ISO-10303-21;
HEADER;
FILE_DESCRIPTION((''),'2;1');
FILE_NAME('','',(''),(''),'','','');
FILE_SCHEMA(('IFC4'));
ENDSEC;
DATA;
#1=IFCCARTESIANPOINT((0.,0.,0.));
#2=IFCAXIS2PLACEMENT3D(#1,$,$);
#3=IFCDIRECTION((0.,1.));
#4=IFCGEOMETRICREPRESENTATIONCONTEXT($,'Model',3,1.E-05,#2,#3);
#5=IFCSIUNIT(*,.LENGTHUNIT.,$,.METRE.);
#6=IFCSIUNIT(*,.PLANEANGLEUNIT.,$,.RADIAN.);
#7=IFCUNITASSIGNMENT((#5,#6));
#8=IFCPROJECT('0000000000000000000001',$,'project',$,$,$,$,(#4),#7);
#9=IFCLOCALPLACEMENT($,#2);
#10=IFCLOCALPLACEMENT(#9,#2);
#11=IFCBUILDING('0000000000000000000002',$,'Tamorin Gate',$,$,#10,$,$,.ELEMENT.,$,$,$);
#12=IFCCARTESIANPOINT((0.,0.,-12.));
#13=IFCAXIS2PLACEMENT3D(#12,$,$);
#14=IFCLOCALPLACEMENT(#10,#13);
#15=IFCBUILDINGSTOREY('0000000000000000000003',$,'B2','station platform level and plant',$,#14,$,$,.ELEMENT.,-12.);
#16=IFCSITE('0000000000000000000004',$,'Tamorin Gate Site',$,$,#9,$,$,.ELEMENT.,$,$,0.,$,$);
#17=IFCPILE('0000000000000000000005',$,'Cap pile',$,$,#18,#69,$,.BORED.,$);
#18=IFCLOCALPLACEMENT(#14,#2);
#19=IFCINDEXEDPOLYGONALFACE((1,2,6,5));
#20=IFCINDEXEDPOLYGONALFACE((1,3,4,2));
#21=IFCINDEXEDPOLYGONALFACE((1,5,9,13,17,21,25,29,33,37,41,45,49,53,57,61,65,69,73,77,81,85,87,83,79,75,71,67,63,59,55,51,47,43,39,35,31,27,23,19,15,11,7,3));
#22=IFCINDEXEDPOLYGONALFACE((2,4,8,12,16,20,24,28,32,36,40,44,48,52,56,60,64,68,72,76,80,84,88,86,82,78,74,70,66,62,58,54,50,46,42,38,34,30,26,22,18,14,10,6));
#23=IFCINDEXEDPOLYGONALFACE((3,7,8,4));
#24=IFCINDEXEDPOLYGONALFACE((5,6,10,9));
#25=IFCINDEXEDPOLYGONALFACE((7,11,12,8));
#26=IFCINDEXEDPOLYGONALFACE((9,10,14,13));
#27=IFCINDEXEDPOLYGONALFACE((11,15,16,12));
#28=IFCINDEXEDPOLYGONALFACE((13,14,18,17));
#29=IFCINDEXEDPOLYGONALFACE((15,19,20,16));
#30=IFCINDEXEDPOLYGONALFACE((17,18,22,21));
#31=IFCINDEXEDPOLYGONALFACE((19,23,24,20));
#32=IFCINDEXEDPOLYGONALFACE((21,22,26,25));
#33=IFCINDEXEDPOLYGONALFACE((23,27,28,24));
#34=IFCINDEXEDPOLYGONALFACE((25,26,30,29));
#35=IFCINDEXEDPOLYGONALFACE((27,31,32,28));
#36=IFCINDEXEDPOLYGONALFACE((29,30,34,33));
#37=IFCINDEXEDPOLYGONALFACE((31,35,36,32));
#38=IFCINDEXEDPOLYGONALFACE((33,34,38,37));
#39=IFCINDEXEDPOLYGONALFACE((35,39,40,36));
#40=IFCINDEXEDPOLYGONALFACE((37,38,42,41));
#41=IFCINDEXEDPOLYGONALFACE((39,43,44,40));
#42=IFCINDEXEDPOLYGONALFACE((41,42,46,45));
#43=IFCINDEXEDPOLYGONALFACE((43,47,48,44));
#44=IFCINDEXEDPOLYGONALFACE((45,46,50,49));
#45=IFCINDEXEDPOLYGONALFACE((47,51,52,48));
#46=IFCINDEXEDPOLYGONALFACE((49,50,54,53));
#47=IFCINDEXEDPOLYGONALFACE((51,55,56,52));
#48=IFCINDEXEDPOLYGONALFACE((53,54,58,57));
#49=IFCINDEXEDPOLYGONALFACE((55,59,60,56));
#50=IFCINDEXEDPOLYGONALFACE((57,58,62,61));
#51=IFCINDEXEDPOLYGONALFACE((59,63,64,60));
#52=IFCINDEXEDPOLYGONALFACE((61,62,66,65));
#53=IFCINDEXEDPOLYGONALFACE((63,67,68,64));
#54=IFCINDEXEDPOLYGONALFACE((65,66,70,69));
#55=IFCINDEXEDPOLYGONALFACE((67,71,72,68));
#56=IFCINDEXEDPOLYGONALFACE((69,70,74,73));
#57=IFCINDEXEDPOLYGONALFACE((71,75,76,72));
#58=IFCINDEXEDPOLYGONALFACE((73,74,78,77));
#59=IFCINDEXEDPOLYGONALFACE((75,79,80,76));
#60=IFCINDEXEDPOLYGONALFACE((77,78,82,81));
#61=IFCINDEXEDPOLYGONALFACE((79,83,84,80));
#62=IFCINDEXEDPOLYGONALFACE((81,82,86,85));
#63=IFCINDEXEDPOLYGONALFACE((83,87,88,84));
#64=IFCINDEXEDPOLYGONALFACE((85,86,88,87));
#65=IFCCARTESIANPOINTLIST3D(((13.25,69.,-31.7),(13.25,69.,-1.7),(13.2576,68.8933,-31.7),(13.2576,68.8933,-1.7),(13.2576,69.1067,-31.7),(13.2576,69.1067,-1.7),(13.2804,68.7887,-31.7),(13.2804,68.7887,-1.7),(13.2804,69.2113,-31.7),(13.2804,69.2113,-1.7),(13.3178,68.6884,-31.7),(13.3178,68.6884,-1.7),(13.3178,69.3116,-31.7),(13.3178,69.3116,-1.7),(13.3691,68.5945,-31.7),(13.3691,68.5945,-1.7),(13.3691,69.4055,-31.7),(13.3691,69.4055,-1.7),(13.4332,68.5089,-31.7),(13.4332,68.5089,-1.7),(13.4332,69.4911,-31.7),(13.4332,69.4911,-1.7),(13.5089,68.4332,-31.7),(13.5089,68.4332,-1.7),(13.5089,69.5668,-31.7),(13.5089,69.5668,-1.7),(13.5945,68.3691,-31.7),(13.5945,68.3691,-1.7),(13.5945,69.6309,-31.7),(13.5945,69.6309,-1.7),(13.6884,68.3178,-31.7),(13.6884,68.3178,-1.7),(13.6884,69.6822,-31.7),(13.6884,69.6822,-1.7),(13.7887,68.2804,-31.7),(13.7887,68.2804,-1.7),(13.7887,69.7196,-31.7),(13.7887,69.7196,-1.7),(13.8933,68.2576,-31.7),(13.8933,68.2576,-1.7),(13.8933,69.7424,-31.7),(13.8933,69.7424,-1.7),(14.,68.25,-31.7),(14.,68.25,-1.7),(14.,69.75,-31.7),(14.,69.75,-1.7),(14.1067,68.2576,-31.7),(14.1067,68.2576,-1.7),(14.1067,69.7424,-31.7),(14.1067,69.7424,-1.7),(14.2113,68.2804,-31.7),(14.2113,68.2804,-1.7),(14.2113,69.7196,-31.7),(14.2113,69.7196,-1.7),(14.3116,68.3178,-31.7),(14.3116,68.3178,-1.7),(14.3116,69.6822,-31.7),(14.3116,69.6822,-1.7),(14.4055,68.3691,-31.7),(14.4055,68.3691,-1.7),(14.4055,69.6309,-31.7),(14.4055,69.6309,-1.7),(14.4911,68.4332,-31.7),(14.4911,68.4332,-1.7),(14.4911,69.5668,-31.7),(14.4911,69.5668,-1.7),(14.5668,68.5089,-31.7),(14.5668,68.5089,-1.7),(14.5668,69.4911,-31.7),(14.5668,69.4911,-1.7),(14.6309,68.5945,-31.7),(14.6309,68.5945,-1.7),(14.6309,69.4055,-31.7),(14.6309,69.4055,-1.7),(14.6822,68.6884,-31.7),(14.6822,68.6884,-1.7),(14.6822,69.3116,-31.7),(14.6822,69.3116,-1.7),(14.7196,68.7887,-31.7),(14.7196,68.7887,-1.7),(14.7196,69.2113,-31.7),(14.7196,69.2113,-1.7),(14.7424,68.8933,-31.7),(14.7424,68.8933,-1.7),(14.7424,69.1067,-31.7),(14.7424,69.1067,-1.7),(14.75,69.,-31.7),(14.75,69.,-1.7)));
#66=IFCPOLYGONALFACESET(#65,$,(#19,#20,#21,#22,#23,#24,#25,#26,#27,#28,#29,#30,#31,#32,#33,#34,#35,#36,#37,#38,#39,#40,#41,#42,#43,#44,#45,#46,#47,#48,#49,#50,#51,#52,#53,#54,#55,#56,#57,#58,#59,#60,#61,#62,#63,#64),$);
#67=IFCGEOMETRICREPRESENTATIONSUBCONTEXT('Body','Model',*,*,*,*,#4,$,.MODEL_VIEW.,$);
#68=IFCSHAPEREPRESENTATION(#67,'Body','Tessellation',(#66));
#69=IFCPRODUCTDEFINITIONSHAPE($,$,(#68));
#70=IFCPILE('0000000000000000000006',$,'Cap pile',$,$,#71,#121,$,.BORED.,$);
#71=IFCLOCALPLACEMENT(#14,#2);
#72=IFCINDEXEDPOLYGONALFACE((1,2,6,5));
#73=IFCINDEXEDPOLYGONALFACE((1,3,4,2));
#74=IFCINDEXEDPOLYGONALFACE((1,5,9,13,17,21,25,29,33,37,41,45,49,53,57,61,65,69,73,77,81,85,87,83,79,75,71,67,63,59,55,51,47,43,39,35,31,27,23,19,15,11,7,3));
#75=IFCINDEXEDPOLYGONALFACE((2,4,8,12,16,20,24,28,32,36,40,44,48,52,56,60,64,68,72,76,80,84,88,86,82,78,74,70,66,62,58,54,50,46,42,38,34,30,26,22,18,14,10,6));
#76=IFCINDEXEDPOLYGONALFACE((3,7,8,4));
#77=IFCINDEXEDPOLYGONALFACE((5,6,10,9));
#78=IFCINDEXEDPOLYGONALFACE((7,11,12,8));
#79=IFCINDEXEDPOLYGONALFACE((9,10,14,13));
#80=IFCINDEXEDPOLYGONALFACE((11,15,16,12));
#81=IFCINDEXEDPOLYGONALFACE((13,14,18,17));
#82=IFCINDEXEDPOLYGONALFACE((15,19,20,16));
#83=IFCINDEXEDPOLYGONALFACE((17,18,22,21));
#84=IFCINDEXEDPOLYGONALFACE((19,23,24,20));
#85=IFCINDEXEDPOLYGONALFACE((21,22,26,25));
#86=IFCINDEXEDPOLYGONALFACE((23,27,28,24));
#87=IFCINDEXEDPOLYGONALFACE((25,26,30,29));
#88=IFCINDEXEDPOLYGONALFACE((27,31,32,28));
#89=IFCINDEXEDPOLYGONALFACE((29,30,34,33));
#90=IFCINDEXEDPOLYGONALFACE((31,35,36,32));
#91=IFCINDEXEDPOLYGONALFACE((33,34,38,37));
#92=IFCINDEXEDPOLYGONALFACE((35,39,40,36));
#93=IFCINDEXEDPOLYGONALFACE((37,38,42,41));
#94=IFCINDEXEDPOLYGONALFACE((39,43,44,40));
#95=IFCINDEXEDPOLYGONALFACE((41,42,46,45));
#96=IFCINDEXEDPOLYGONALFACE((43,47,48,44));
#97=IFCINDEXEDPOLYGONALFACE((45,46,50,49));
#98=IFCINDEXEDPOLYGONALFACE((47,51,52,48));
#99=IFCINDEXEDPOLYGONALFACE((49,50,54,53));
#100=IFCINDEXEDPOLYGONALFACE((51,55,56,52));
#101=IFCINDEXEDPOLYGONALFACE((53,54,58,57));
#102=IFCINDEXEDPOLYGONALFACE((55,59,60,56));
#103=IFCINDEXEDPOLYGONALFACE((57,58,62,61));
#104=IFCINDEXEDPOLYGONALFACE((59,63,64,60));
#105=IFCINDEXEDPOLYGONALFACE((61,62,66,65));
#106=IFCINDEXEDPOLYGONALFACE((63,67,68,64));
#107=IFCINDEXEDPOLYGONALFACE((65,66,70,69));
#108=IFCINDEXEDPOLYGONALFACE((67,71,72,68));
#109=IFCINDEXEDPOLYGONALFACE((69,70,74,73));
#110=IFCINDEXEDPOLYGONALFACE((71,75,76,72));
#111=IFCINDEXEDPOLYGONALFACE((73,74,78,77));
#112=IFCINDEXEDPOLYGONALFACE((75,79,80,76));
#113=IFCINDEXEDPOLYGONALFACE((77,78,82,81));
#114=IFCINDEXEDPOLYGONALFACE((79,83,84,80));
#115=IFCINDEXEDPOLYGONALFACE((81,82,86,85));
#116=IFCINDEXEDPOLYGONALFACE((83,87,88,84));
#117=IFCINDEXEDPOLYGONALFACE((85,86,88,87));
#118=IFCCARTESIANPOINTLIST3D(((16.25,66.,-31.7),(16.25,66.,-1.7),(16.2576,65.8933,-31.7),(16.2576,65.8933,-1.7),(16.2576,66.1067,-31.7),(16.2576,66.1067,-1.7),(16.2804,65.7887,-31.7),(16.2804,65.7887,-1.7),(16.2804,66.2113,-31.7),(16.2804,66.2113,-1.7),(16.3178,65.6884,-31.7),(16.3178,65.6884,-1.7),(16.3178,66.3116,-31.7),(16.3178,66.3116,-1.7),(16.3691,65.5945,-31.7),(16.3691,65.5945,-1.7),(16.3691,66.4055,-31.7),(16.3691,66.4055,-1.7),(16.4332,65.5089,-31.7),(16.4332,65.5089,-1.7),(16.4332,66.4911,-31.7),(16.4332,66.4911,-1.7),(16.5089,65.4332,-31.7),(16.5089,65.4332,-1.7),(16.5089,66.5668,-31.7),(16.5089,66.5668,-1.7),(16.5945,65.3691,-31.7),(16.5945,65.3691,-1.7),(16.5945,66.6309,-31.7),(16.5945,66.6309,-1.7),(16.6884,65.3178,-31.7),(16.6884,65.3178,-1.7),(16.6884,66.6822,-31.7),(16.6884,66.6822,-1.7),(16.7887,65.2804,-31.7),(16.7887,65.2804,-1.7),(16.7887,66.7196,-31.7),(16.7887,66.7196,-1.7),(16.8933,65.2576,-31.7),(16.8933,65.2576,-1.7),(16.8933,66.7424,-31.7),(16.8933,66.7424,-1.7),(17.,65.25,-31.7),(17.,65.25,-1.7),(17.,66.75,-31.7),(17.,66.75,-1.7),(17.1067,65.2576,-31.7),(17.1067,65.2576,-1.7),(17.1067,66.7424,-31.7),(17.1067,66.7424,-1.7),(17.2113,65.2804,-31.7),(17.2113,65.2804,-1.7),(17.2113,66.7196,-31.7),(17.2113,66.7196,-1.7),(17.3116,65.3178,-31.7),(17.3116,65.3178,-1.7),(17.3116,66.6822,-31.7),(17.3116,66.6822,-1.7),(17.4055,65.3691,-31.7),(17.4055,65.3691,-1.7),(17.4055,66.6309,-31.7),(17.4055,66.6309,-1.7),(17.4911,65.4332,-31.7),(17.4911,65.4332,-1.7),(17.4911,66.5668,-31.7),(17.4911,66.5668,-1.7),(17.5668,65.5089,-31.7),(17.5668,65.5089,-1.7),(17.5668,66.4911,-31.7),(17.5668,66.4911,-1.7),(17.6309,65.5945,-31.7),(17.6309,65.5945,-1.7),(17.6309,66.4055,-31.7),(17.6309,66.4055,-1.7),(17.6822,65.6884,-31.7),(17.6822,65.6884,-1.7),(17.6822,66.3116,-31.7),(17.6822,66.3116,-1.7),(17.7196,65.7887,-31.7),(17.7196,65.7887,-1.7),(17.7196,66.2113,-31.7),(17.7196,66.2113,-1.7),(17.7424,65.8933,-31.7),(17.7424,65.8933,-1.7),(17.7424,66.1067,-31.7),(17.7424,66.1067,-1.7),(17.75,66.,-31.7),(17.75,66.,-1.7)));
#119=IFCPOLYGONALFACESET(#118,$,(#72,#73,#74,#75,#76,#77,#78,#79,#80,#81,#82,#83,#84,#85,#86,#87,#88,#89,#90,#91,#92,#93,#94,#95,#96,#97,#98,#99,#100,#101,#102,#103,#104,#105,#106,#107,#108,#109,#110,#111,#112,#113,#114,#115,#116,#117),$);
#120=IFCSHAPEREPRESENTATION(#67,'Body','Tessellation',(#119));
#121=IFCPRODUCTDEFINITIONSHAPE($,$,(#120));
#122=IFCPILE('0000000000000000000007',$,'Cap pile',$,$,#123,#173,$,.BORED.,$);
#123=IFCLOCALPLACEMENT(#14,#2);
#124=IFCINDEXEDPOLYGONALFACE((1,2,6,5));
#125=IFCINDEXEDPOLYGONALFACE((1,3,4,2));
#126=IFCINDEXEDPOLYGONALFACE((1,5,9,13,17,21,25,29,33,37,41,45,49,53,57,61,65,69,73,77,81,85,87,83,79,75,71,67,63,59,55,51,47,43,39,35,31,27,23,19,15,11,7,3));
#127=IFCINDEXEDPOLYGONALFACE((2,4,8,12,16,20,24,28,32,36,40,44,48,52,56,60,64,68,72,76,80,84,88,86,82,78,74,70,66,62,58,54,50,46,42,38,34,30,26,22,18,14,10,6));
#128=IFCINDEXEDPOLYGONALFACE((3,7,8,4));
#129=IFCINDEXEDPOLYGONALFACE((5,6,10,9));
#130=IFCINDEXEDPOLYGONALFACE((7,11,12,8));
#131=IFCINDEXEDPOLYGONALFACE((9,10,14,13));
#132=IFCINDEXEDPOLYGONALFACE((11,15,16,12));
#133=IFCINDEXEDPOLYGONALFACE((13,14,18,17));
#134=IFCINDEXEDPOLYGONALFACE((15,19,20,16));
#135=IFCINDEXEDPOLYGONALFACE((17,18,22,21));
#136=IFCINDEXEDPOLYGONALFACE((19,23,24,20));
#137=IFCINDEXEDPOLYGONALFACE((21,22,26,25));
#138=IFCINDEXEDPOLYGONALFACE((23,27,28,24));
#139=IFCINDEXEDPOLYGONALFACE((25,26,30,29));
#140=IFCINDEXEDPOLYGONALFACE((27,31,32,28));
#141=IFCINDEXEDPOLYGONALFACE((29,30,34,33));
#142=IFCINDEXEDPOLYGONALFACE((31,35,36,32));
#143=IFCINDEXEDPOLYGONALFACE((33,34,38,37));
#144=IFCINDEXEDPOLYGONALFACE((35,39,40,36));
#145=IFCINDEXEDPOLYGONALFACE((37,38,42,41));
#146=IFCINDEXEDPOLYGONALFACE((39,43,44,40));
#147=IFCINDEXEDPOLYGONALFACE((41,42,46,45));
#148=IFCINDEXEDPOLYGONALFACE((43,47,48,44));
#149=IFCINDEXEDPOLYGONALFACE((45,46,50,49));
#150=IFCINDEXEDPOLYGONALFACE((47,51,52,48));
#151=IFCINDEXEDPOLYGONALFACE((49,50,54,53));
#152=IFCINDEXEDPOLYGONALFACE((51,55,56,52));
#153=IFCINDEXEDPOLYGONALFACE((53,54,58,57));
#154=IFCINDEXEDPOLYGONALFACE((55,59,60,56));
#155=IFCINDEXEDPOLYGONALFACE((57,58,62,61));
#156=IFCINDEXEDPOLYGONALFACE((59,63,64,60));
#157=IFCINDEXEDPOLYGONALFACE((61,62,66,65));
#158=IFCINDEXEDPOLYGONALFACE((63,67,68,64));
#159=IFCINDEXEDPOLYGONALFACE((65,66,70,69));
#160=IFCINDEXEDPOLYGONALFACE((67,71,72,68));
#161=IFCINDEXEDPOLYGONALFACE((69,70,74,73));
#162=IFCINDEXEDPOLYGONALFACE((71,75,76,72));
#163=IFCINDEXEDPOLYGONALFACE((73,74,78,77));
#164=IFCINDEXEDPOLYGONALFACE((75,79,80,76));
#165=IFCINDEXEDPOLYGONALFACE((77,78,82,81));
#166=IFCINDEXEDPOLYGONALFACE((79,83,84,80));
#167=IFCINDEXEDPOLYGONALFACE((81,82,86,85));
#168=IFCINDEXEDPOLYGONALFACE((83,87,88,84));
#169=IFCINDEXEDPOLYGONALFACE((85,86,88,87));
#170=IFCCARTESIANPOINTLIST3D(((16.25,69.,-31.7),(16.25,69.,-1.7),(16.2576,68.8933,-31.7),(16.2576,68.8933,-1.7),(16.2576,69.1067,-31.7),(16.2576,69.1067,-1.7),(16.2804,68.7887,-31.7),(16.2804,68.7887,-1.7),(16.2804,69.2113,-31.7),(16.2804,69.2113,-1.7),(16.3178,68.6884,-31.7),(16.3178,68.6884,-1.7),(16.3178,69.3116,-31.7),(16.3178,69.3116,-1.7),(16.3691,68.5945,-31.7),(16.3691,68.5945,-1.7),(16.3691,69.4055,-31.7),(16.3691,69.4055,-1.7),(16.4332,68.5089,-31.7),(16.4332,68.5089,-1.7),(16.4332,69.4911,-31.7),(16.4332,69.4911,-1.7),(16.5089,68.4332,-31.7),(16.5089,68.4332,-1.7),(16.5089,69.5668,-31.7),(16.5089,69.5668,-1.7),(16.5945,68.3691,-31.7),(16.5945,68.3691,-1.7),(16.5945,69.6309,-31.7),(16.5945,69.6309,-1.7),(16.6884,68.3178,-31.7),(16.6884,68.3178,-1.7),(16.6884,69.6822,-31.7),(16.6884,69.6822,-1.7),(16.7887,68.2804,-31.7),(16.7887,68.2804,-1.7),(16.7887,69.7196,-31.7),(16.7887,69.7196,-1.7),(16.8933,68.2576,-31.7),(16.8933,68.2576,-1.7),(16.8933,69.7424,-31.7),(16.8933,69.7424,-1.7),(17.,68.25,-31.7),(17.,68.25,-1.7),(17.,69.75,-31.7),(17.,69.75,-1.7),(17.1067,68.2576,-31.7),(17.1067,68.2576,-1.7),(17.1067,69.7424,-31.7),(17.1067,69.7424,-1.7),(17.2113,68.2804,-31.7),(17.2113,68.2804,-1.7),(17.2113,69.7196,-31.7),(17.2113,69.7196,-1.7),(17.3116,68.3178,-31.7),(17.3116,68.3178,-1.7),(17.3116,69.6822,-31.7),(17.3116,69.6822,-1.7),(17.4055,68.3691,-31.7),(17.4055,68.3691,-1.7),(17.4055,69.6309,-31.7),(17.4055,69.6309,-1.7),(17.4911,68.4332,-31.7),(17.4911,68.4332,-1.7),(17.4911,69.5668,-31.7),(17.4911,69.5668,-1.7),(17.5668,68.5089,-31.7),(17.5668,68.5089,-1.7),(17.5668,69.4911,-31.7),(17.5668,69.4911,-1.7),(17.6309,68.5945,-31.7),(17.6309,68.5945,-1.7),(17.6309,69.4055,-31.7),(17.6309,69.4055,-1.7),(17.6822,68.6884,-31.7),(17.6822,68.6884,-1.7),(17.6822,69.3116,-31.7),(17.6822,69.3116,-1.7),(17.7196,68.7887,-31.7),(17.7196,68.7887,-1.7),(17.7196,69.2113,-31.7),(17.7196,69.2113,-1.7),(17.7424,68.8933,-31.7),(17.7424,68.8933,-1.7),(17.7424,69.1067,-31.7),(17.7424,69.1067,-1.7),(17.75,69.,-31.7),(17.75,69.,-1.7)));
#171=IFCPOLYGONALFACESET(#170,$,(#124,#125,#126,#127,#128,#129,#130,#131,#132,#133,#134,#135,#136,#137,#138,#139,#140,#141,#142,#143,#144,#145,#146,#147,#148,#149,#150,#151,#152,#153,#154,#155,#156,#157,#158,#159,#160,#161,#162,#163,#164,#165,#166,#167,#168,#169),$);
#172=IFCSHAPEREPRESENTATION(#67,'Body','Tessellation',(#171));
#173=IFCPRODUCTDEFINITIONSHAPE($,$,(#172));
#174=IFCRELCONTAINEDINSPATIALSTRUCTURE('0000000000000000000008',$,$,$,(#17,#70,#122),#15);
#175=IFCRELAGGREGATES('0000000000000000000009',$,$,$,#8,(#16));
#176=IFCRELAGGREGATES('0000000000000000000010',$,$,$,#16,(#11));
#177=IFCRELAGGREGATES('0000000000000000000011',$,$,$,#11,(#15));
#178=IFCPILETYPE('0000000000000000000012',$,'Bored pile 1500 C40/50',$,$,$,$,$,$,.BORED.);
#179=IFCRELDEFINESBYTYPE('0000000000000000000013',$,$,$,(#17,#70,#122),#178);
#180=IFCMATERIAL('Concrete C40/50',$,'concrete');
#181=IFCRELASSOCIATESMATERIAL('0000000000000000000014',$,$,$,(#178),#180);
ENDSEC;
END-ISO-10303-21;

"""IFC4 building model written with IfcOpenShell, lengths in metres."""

from ifc_helpers import new_model, si_unit, direction, frame, origin, origin_2d, place, context, subcontext, project, spatial, circle, extrude, material, material_profile, profile_set, type_object, element, save


model = new_model("IFC4")

# Units and contexts
model_context = context("Model", 3, precision=1e-05, world=origin(), true_north=direction((0.0, 1.0)))
body_context = subcontext(model_context, "Body", "Model", "MODEL_VIEW")
ifc_project = project(units=[si_unit("LENGTHUNIT", "METRE"), si_unit("PLANEANGLEUNIT", "RADIAN")], contexts=[model_context])

# Site, building, storey
site_placement = place(None, origin())
site = spatial("IfcSite", under=ifc_project, at=site_placement, Name="Tamorin Gate Site", CompositionType="ELEMENT", RefElevation=0.0)
building_placement = place(site_placement, origin())
building = spatial("IfcBuilding", under=site, at=building_placement, Name="Tamorin Gate", CompositionType="ELEMENT")
storey_placement = place(building_placement, frame((0.0, 0.0, -12.0)))
storey = spatial("IfcBuildingStorey", under=building, at=storey_placement, Name="B2", Description="station platform level and plant", CompositionType="ELEMENT", Elevation=-12.0)

# Piles
ifc_material_1 = material(Name="Concrete C40/50", Category="concrete")
ifc_material_profile_1 = material_profile(ifc_material_1, circle(Radius=0.75, at=origin_2d()))
ifc_profile_set_1 = profile_set([ifc_material_profile_1], Name="Concrete C40/50")
pile_type = type_object("IfcPileType", Name="Bored pile 1500 C40/50", PredefinedType="BORED", material=ifc_profile_set_1)
for number, where, z_axis, x_axis, name in (
    (1, (14.0, 69.0, -1.7), (0.0, 0.0, -1.0), (1.0, 0.0, 0.0), "Cap pile"),
    (2, (17.0, 66.0, -1.7), (0.0, 0.0, -1.0), (1.0, 0.0, 0.0), "Cap pile"),
    (3, (17.0, 69.0, -1.7), (0.0, 0.0, -1.0), (1.0, 0.0, 0.0), "Cap pile"),
):
    element("IfcPile", number, at=place(storey_placement, frame(where, z_axis=z_axis, x_axis=x_axis)), inside=storey, type_object=pile_type, Name=name, PredefinedType="BORED", context=body_context, shape_type="SweptSolid", body=[
        extrude(circle(Radius=0.75, at=origin_2d()), origin(), (0.0, 0.0, 1.0), 30.0),
    ])

save(model, "model.ifc")
